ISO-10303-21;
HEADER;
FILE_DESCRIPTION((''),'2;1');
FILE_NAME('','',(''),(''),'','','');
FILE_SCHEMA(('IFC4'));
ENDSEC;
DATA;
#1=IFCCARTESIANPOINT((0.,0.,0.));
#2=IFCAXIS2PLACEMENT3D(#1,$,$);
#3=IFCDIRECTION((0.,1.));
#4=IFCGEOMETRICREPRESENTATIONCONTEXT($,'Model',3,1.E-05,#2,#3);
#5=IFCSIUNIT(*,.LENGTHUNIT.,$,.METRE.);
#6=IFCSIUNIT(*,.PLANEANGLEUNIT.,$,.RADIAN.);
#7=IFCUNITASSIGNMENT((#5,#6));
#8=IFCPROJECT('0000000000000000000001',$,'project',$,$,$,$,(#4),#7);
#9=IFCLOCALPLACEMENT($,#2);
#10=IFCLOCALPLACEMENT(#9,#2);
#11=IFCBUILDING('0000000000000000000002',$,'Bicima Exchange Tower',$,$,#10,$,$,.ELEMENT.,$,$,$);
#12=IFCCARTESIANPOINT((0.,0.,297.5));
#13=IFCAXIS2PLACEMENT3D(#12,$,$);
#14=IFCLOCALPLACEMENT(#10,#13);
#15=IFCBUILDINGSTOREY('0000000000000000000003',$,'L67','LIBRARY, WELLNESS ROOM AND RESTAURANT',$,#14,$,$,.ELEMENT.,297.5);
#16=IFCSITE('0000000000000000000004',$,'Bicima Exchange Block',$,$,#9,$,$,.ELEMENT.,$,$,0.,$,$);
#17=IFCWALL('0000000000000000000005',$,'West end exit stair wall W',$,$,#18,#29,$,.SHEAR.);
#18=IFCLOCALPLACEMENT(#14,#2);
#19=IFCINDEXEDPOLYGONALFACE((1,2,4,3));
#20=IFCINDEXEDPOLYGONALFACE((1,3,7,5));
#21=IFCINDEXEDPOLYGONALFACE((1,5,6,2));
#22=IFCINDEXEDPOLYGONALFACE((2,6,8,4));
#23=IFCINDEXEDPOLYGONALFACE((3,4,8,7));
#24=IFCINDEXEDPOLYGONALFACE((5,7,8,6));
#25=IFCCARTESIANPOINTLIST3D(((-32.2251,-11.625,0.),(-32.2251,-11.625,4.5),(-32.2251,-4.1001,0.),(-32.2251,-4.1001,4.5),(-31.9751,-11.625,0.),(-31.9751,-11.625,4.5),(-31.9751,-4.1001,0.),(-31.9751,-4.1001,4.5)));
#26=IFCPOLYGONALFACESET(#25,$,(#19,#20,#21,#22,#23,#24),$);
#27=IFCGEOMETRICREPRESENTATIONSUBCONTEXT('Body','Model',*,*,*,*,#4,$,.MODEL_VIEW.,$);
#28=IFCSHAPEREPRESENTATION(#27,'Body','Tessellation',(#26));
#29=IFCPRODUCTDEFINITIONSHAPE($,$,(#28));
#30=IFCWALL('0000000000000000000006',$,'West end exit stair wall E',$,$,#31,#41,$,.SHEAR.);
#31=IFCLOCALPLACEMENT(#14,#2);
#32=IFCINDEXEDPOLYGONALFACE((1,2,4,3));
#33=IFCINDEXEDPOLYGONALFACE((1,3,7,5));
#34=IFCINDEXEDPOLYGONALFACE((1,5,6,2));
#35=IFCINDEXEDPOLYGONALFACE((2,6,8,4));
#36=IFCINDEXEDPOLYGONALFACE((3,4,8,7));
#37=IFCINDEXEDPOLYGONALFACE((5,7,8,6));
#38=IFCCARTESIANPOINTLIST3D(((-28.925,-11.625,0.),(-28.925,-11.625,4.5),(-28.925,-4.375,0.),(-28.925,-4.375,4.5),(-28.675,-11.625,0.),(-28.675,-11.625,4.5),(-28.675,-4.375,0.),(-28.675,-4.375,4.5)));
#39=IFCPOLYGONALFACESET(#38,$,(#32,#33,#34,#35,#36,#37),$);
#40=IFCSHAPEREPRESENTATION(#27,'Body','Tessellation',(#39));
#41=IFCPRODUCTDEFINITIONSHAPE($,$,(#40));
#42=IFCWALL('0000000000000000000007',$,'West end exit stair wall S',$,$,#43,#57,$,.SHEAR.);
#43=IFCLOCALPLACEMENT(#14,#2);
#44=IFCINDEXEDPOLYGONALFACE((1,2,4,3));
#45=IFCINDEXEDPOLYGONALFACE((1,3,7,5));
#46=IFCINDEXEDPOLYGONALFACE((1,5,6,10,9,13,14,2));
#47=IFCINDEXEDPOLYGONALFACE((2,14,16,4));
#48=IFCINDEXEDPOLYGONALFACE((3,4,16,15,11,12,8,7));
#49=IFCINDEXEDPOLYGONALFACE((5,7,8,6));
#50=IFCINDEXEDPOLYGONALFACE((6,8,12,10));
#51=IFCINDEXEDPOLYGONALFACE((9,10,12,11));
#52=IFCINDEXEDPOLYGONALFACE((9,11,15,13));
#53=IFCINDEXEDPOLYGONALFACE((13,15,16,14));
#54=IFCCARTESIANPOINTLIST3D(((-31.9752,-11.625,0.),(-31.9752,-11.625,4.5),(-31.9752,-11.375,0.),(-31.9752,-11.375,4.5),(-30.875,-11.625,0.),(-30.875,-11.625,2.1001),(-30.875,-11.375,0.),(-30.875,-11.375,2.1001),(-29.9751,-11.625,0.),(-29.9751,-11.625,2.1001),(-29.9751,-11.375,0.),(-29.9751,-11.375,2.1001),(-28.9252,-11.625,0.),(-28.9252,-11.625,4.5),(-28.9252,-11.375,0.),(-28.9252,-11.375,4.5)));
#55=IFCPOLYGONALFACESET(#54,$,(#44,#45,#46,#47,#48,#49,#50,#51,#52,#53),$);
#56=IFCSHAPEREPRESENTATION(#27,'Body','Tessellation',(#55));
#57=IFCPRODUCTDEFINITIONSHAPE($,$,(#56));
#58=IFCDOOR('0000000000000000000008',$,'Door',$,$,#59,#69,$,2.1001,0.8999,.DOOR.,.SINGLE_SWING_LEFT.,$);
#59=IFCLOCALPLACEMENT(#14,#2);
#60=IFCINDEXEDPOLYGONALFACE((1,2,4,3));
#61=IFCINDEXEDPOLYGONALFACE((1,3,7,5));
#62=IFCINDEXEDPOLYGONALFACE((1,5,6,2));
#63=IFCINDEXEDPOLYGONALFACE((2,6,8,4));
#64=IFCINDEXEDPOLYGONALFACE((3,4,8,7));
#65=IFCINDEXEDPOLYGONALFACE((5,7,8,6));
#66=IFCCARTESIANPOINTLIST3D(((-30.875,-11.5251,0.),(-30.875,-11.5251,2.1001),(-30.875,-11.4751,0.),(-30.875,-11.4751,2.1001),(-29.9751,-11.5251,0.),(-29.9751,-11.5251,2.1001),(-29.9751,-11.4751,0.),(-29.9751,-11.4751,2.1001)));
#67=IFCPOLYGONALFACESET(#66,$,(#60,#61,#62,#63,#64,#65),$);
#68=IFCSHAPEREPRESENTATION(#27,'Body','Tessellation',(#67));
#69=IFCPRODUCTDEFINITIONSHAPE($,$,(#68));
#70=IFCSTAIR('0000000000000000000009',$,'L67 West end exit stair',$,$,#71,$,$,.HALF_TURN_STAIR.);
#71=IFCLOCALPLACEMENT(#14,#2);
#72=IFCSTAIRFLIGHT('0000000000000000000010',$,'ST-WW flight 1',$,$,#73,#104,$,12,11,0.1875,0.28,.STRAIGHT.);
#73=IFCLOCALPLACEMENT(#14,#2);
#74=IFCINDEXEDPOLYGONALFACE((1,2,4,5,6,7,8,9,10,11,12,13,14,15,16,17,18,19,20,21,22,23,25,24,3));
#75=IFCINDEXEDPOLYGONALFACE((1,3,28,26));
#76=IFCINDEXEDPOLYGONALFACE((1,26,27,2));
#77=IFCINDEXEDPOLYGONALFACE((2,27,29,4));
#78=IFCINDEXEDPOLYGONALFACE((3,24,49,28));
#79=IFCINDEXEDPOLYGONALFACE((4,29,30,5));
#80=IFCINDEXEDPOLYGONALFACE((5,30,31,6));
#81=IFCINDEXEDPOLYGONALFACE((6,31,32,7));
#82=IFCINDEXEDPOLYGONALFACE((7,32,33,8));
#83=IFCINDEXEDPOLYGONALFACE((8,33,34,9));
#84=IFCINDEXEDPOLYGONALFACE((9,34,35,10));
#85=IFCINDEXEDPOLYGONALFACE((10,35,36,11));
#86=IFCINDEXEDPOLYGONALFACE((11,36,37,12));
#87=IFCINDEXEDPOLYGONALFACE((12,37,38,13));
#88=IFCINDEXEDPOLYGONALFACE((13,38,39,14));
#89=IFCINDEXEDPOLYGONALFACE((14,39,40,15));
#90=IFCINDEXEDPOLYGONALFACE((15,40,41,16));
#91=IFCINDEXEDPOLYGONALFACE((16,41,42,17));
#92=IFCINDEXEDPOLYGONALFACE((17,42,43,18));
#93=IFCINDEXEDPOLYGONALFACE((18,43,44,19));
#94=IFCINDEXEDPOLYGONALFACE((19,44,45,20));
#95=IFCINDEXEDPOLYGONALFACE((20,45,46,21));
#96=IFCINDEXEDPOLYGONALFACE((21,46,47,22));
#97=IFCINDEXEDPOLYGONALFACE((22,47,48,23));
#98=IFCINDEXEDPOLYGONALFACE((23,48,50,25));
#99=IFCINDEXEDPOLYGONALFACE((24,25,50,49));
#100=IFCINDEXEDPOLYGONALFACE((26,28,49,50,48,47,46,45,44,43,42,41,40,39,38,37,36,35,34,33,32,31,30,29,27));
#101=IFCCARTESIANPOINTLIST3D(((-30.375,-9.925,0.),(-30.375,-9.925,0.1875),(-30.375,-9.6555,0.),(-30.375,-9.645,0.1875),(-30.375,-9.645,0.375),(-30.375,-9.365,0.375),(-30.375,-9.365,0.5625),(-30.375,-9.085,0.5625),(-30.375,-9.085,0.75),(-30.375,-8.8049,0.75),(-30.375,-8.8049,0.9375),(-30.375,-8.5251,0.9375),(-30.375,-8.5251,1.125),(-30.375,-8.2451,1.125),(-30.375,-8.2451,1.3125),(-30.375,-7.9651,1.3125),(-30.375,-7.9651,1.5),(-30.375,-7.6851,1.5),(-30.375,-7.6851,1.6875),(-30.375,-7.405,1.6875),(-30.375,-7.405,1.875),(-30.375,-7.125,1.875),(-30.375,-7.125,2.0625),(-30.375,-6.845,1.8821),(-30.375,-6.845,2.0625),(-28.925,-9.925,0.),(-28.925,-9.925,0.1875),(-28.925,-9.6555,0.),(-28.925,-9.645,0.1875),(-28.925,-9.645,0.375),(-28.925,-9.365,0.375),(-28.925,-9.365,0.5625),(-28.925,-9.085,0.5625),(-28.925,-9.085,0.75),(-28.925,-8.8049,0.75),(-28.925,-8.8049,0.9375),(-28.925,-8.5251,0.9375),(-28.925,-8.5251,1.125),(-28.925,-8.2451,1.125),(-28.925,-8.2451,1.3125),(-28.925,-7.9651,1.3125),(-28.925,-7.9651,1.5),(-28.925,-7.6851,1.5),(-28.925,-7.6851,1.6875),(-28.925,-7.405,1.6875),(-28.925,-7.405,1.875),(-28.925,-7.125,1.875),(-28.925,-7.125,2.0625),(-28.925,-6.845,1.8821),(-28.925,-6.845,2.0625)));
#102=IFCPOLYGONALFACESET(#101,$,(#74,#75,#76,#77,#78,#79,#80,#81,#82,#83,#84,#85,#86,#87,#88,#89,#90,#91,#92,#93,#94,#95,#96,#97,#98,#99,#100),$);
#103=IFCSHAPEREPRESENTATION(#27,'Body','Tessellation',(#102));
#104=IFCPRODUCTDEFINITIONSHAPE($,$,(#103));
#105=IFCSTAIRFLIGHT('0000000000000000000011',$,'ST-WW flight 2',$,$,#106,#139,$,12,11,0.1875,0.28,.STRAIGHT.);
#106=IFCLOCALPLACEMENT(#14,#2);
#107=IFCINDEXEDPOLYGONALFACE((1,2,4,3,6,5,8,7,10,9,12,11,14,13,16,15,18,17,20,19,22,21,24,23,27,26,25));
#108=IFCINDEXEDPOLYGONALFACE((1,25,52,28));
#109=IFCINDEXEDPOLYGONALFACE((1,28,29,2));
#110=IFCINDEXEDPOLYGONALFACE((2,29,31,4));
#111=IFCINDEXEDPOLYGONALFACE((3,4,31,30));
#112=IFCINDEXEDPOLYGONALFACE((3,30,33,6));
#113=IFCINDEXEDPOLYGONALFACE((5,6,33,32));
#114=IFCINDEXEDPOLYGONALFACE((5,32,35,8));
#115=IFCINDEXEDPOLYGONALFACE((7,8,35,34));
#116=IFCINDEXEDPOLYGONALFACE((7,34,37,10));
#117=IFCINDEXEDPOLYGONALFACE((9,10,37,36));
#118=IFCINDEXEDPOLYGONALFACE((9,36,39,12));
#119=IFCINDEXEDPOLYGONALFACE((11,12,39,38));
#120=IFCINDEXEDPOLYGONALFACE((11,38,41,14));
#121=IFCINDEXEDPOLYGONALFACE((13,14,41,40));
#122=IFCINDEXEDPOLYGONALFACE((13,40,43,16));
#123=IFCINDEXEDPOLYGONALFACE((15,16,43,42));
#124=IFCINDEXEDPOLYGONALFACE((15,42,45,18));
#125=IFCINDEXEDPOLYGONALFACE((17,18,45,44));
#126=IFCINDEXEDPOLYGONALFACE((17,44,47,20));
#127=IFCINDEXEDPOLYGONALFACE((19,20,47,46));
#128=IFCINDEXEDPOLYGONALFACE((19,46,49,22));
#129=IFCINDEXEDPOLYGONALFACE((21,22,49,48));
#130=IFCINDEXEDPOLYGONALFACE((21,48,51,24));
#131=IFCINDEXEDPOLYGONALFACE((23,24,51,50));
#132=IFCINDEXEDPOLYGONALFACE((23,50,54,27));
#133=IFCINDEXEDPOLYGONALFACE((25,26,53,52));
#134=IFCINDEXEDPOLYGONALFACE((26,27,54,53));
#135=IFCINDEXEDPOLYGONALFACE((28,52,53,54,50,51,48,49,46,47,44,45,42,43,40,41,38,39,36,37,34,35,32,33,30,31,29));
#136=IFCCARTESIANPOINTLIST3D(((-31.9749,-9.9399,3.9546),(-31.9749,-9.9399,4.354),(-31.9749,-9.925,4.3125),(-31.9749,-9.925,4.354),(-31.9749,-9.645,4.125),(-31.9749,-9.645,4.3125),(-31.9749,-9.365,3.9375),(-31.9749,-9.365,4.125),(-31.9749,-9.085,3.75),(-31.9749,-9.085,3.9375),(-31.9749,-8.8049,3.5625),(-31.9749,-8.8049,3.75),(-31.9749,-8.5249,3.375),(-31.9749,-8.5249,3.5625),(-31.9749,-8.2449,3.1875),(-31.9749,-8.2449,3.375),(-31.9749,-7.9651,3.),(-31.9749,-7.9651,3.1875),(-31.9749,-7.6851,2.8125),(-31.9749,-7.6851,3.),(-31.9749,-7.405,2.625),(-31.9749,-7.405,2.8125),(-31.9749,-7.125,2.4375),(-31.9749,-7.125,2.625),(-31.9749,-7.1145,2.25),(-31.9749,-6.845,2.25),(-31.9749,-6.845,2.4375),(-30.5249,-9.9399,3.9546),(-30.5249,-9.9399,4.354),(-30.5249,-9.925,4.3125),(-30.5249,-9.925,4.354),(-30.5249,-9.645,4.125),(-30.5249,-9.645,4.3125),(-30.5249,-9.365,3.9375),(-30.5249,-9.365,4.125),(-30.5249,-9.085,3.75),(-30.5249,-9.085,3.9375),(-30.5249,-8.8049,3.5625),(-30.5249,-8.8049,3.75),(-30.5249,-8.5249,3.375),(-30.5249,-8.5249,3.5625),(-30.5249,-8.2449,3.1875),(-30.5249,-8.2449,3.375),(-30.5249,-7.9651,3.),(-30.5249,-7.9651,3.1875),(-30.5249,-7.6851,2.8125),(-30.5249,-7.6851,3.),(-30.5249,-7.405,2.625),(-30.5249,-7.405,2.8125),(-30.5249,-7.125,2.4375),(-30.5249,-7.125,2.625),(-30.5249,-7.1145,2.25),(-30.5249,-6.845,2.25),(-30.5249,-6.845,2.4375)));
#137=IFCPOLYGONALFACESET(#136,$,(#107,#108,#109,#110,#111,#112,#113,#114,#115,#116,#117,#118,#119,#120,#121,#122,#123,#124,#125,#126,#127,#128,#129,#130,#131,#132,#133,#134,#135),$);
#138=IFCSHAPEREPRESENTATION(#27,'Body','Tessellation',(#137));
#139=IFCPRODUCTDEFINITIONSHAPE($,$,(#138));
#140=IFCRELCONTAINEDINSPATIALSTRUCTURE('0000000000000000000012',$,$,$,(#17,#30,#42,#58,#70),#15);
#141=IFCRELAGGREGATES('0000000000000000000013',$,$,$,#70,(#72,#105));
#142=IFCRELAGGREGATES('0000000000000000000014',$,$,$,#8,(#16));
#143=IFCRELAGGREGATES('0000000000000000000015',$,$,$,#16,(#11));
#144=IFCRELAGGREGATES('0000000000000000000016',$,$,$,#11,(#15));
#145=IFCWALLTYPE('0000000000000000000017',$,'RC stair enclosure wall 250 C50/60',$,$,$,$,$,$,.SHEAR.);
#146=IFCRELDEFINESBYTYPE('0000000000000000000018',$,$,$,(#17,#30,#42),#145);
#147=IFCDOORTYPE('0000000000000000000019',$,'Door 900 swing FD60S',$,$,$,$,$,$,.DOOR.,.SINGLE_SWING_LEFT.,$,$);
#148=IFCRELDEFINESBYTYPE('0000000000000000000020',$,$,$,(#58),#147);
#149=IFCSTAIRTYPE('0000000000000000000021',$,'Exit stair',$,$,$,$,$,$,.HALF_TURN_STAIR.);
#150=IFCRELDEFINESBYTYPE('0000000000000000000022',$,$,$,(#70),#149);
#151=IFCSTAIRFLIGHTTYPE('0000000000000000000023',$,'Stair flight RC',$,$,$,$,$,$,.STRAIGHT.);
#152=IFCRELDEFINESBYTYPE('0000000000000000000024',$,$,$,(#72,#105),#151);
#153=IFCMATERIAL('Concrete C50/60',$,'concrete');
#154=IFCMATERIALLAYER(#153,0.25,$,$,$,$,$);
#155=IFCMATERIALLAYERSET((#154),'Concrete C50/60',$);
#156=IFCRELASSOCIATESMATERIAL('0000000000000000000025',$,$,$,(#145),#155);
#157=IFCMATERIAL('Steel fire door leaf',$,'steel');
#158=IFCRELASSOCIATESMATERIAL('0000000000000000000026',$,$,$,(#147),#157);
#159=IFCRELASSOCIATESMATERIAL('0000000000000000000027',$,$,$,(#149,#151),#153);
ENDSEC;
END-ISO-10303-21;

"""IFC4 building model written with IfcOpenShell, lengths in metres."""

from ifc_helpers import new_model, si_unit, direction, frame, frame_2d, origin, place, context, subcontext, project, spatial, polyline, rectangle, outline, extrude, material, layer, layer_set, type_object, element, fill, aggregate, save


model = new_model("IFC4")

# Units and contexts
model_context = context("Model", 3, precision=1e-05, world=origin(), true_north=direction((0.0, 1.0)))
body_context = subcontext(model_context, "Body", "Model", "MODEL_VIEW")
ifc_project = project(units=[si_unit("LENGTHUNIT", "METRE"), si_unit("PLANEANGLEUNIT", "RADIAN")], contexts=[model_context])

# Site, building, storey
site_placement = place(None, origin())
site = spatial("IfcSite", under=ifc_project, at=site_placement, Name="Bicima Exchange Block", CompositionType="ELEMENT", RefElevation=0.0)
building_placement = place(site_placement, origin())
building = spatial("IfcBuilding", under=site, at=building_placement, Name="Bicima Exchange Tower", CompositionType="ELEMENT")
storey_placement = place(building_placement, frame((0.0, 0.0, 297.5)))
storey = spatial("IfcBuildingStorey", under=building, at=storey_placement, Name="L67", Description="LIBRARY, WELLNESS ROOM AND RESTAURANT", CompositionType="ELEMENT", Elevation=297.5)

# Shared definitions
ifc_material_1 = material(Name="Steel fire door leaf", Category="steel")

# Walls
ifc_material_2 = material(Name="Concrete C50/60", Category="concrete")
ifc_layer_1 = layer(ifc_material_2, 0.25)
ifc_layer_set_1 = layer_set([ifc_layer_1], Name="Concrete C50/60")
wall_type_1 = type_object("IfcWallType", Name="RC stair enclosure wall 250 C50/60", PredefinedType="SHEAR", material=ifc_layer_set_1)
wall_1_placement = place(storey_placement, frame((-32.1001, -11.625, 0.0), z_axis=(0.0, 0.0, 1.0), x_axis=(0.0, 1.0, 0.0)))
element("IfcWall", 1, at=wall_1_placement, inside=storey, type_object=wall_type_1, Name="West end exit stair wall W", PredefinedType="SHEAR", context=body_context, shape_type="SweptSolid", body=[
    extrude(rectangle(XDim=7.5249, YDim=0.25, at=frame_2d((3.7625, 0.0))), origin(), (0.0, 0.0, 1.0), 4.5),
])
wall_2_placement = place(storey_placement, frame((-28.8, -11.625, 0.0), z_axis=(0.0, 0.0, 1.0), x_axis=(0.0, 1.0, 0.0)))
element("IfcWall", 2, at=wall_2_placement, inside=storey, type_object=wall_type_1, Name="West end exit stair wall E", PredefinedType="SHEAR", context=body_context, shape_type="SweptSolid", body=[
    extrude(rectangle(XDim=7.25, YDim=0.25, at=frame_2d((3.625, 0.0))), origin(), (0.0, 0.0, 1.0), 4.5),
])

# Wall, opening, door
wall_3_placement = place(storey_placement, frame((-31.9751, -11.5, 0.0), z_axis=(0.0, 0.0, 1.0), x_axis=(1.0, 0.0, 0.0)))
wall_3 = element("IfcWall", 3, at=wall_3_placement, inside=storey, type_object=wall_type_1, Name="West end exit stair wall S", PredefinedType="SHEAR", context=body_context, shape_type="SweptSolid", body=[
    extrude(rectangle(XDim=3.05, YDim=0.25, at=frame_2d((1.5249, 0.0))), origin(), (0.0, 0.0, 1.0), 4.5),
])
opening_1_placement = place(wall_3_placement, frame((1.1001, 0.0, 0.0)))
opening_1 = element("IfcOpeningElement", 4, at=opening_1_placement, cuts=wall_3, PredefinedType="OPENING", context=body_context, shape_type="SweptSolid", body=[
    extrude(rectangle(XDim=0.8999, YDim=2.1001, at=frame_2d((0.45, 1.05))), frame((0.0, 0.137, 0.0), z_axis=(0.0, -1.0, 0.0), x_axis=(1.0, 0.0, 0.0)), (0.0, 0.0, 1.0), 0.2739),
])
door_type_1 = type_object("IfcDoorType", Name="Door 900 swing FD60S", OperationType="SINGLE_SWING_LEFT", PredefinedType="DOOR", material=ifc_material_1)
door_1_placement = place(opening_1_placement, origin())
door_1 = element("IfcDoor", 5, at=door_1_placement, inside=storey, type_object=door_type_1, Name="Door", OperationType="SINGLE_SWING_LEFT", OverallHeight=2.1001, OverallWidth=0.8999, PredefinedType="DOOR", context=body_context, shape_type="SweptSolid", body=[
    extrude(rectangle(XDim=0.8999, YDim=2.1001, at=frame_2d((0.45, 1.05))), frame((0.0, 0.0249, 0.0), z_axis=(0.0, -1.0, 0.0), x_axis=(1.0, 0.0, 0.0)), (0.0, 0.0, 1.0), 0.05),
])
fill(opening_1, door_1)

# Stair, stair flights
stair_type = type_object("IfcStairType", Name="Exit stair", PredefinedType="HALF_TURN_STAIR", material=ifc_material_2)
stair_placement = place(storey_placement, origin())
stair = element("IfcStair", 6, at=stair_placement, inside=storey, type_object=stair_type, Name="L67 West end exit stair", PredefinedType="HALF_TURN_STAIR")
stair_flight_type = type_object("IfcStairFlightType", Name="Stair flight RC", PredefinedType="STRAIGHT", material=ifc_material_2)
stair_flight_1_placement = place(storey_placement, frame((-29.6499, -9.925, 0.0), z_axis=(0.0, 0.0, 1.0), x_axis=(0.0, 1.0, 0.0)))
stair_flight_1 = element("IfcStairFlight", 7, at=stair_flight_1_placement, type_object=stair_flight_type, Name="ST-WW flight 1", NumberOfRisers=12, NumberOfTreads=11, PredefinedType="STRAIGHT", RiserHeight=0.1875, TreadLength=0.28, context=body_context, shape_type="SweptSolid", body=[
    extrude(outline(polyline([(0.0, 0.0), (0.0, 0.1875), (0.28, 0.1875), (0.28, 0.375), (0.5601, 0.375), (0.5601, 0.5625), (0.8401, 0.5625), (0.8401, 0.75), (1.1201, 0.75), (1.1201, 0.9375), (1.3999, 0.9375), (1.3999, 1.125), (1.6799, 1.125), (1.6799, 1.3125), (1.96, 1.3125), (1.96, 1.5), (2.24, 1.5), (2.24, 1.6875), (2.52, 1.6875), (2.52, 1.875), (2.8, 1.875), (2.8, 2.0625), (3.0801, 2.0625), (3.0801, 2.25), (3.0801, 1.8821), (0.2695, 0.0), (0.0, 0.0)])), frame((0.0, 0.7251, 0.0), z_axis=(0.0, -1.0, 0.0), x_axis=(1.0, 0.0, 0.0)), (0.0, 0.0, 1.0), 1.45),
])
stair_flight_2_placement = place(storey_placement, frame((-31.25, -6.845, 2.25), z_axis=(0.0, 0.0, 1.0), x_axis=(0.0, -1.0, 0.0)))
stair_flight_2 = element("IfcStairFlight", 8, at=stair_flight_2_placement, type_object=stair_flight_type, Name="ST-WW flight 2", NumberOfRisers=12, NumberOfTreads=11, PredefinedType="STRAIGHT", RiserHeight=0.1875, TreadLength=0.28, context=body_context, shape_type="SweptSolid", body=[
    extrude(outline(polyline([(0.0, 0.0), (0.0, 0.1875), (0.28, 0.1875), (0.28, 0.375), (0.5601, 0.375), (0.5601, 0.5625), (0.8401, 0.5625), (0.8401, 0.75), (1.1201, 0.75), (1.1201, 0.9375), (1.3999, 0.9375), (1.3999, 1.125), (1.6799, 1.125), (1.6799, 1.3125), (1.96, 1.3125), (1.96, 1.5), (2.24, 1.5), (2.24, 1.6875), (2.52, 1.6875), (2.52, 1.875), (2.8, 1.875), (2.8, 2.0625), (3.0801, 2.0625), (3.0801, 2.104), (3.095, 2.104), (3.095, 1.7046), (0.2695, 0.0), (0.0, 0.0)])), frame((0.0, 0.7251, 0.0), z_axis=(0.0, -1.0, 0.0), x_axis=(1.0, 0.0, 0.0)), (0.0, 0.0, 1.0), 1.45),
])
aggregate(stair, [stair_flight_1, stair_flight_2])

save(model, "model.ifc")
